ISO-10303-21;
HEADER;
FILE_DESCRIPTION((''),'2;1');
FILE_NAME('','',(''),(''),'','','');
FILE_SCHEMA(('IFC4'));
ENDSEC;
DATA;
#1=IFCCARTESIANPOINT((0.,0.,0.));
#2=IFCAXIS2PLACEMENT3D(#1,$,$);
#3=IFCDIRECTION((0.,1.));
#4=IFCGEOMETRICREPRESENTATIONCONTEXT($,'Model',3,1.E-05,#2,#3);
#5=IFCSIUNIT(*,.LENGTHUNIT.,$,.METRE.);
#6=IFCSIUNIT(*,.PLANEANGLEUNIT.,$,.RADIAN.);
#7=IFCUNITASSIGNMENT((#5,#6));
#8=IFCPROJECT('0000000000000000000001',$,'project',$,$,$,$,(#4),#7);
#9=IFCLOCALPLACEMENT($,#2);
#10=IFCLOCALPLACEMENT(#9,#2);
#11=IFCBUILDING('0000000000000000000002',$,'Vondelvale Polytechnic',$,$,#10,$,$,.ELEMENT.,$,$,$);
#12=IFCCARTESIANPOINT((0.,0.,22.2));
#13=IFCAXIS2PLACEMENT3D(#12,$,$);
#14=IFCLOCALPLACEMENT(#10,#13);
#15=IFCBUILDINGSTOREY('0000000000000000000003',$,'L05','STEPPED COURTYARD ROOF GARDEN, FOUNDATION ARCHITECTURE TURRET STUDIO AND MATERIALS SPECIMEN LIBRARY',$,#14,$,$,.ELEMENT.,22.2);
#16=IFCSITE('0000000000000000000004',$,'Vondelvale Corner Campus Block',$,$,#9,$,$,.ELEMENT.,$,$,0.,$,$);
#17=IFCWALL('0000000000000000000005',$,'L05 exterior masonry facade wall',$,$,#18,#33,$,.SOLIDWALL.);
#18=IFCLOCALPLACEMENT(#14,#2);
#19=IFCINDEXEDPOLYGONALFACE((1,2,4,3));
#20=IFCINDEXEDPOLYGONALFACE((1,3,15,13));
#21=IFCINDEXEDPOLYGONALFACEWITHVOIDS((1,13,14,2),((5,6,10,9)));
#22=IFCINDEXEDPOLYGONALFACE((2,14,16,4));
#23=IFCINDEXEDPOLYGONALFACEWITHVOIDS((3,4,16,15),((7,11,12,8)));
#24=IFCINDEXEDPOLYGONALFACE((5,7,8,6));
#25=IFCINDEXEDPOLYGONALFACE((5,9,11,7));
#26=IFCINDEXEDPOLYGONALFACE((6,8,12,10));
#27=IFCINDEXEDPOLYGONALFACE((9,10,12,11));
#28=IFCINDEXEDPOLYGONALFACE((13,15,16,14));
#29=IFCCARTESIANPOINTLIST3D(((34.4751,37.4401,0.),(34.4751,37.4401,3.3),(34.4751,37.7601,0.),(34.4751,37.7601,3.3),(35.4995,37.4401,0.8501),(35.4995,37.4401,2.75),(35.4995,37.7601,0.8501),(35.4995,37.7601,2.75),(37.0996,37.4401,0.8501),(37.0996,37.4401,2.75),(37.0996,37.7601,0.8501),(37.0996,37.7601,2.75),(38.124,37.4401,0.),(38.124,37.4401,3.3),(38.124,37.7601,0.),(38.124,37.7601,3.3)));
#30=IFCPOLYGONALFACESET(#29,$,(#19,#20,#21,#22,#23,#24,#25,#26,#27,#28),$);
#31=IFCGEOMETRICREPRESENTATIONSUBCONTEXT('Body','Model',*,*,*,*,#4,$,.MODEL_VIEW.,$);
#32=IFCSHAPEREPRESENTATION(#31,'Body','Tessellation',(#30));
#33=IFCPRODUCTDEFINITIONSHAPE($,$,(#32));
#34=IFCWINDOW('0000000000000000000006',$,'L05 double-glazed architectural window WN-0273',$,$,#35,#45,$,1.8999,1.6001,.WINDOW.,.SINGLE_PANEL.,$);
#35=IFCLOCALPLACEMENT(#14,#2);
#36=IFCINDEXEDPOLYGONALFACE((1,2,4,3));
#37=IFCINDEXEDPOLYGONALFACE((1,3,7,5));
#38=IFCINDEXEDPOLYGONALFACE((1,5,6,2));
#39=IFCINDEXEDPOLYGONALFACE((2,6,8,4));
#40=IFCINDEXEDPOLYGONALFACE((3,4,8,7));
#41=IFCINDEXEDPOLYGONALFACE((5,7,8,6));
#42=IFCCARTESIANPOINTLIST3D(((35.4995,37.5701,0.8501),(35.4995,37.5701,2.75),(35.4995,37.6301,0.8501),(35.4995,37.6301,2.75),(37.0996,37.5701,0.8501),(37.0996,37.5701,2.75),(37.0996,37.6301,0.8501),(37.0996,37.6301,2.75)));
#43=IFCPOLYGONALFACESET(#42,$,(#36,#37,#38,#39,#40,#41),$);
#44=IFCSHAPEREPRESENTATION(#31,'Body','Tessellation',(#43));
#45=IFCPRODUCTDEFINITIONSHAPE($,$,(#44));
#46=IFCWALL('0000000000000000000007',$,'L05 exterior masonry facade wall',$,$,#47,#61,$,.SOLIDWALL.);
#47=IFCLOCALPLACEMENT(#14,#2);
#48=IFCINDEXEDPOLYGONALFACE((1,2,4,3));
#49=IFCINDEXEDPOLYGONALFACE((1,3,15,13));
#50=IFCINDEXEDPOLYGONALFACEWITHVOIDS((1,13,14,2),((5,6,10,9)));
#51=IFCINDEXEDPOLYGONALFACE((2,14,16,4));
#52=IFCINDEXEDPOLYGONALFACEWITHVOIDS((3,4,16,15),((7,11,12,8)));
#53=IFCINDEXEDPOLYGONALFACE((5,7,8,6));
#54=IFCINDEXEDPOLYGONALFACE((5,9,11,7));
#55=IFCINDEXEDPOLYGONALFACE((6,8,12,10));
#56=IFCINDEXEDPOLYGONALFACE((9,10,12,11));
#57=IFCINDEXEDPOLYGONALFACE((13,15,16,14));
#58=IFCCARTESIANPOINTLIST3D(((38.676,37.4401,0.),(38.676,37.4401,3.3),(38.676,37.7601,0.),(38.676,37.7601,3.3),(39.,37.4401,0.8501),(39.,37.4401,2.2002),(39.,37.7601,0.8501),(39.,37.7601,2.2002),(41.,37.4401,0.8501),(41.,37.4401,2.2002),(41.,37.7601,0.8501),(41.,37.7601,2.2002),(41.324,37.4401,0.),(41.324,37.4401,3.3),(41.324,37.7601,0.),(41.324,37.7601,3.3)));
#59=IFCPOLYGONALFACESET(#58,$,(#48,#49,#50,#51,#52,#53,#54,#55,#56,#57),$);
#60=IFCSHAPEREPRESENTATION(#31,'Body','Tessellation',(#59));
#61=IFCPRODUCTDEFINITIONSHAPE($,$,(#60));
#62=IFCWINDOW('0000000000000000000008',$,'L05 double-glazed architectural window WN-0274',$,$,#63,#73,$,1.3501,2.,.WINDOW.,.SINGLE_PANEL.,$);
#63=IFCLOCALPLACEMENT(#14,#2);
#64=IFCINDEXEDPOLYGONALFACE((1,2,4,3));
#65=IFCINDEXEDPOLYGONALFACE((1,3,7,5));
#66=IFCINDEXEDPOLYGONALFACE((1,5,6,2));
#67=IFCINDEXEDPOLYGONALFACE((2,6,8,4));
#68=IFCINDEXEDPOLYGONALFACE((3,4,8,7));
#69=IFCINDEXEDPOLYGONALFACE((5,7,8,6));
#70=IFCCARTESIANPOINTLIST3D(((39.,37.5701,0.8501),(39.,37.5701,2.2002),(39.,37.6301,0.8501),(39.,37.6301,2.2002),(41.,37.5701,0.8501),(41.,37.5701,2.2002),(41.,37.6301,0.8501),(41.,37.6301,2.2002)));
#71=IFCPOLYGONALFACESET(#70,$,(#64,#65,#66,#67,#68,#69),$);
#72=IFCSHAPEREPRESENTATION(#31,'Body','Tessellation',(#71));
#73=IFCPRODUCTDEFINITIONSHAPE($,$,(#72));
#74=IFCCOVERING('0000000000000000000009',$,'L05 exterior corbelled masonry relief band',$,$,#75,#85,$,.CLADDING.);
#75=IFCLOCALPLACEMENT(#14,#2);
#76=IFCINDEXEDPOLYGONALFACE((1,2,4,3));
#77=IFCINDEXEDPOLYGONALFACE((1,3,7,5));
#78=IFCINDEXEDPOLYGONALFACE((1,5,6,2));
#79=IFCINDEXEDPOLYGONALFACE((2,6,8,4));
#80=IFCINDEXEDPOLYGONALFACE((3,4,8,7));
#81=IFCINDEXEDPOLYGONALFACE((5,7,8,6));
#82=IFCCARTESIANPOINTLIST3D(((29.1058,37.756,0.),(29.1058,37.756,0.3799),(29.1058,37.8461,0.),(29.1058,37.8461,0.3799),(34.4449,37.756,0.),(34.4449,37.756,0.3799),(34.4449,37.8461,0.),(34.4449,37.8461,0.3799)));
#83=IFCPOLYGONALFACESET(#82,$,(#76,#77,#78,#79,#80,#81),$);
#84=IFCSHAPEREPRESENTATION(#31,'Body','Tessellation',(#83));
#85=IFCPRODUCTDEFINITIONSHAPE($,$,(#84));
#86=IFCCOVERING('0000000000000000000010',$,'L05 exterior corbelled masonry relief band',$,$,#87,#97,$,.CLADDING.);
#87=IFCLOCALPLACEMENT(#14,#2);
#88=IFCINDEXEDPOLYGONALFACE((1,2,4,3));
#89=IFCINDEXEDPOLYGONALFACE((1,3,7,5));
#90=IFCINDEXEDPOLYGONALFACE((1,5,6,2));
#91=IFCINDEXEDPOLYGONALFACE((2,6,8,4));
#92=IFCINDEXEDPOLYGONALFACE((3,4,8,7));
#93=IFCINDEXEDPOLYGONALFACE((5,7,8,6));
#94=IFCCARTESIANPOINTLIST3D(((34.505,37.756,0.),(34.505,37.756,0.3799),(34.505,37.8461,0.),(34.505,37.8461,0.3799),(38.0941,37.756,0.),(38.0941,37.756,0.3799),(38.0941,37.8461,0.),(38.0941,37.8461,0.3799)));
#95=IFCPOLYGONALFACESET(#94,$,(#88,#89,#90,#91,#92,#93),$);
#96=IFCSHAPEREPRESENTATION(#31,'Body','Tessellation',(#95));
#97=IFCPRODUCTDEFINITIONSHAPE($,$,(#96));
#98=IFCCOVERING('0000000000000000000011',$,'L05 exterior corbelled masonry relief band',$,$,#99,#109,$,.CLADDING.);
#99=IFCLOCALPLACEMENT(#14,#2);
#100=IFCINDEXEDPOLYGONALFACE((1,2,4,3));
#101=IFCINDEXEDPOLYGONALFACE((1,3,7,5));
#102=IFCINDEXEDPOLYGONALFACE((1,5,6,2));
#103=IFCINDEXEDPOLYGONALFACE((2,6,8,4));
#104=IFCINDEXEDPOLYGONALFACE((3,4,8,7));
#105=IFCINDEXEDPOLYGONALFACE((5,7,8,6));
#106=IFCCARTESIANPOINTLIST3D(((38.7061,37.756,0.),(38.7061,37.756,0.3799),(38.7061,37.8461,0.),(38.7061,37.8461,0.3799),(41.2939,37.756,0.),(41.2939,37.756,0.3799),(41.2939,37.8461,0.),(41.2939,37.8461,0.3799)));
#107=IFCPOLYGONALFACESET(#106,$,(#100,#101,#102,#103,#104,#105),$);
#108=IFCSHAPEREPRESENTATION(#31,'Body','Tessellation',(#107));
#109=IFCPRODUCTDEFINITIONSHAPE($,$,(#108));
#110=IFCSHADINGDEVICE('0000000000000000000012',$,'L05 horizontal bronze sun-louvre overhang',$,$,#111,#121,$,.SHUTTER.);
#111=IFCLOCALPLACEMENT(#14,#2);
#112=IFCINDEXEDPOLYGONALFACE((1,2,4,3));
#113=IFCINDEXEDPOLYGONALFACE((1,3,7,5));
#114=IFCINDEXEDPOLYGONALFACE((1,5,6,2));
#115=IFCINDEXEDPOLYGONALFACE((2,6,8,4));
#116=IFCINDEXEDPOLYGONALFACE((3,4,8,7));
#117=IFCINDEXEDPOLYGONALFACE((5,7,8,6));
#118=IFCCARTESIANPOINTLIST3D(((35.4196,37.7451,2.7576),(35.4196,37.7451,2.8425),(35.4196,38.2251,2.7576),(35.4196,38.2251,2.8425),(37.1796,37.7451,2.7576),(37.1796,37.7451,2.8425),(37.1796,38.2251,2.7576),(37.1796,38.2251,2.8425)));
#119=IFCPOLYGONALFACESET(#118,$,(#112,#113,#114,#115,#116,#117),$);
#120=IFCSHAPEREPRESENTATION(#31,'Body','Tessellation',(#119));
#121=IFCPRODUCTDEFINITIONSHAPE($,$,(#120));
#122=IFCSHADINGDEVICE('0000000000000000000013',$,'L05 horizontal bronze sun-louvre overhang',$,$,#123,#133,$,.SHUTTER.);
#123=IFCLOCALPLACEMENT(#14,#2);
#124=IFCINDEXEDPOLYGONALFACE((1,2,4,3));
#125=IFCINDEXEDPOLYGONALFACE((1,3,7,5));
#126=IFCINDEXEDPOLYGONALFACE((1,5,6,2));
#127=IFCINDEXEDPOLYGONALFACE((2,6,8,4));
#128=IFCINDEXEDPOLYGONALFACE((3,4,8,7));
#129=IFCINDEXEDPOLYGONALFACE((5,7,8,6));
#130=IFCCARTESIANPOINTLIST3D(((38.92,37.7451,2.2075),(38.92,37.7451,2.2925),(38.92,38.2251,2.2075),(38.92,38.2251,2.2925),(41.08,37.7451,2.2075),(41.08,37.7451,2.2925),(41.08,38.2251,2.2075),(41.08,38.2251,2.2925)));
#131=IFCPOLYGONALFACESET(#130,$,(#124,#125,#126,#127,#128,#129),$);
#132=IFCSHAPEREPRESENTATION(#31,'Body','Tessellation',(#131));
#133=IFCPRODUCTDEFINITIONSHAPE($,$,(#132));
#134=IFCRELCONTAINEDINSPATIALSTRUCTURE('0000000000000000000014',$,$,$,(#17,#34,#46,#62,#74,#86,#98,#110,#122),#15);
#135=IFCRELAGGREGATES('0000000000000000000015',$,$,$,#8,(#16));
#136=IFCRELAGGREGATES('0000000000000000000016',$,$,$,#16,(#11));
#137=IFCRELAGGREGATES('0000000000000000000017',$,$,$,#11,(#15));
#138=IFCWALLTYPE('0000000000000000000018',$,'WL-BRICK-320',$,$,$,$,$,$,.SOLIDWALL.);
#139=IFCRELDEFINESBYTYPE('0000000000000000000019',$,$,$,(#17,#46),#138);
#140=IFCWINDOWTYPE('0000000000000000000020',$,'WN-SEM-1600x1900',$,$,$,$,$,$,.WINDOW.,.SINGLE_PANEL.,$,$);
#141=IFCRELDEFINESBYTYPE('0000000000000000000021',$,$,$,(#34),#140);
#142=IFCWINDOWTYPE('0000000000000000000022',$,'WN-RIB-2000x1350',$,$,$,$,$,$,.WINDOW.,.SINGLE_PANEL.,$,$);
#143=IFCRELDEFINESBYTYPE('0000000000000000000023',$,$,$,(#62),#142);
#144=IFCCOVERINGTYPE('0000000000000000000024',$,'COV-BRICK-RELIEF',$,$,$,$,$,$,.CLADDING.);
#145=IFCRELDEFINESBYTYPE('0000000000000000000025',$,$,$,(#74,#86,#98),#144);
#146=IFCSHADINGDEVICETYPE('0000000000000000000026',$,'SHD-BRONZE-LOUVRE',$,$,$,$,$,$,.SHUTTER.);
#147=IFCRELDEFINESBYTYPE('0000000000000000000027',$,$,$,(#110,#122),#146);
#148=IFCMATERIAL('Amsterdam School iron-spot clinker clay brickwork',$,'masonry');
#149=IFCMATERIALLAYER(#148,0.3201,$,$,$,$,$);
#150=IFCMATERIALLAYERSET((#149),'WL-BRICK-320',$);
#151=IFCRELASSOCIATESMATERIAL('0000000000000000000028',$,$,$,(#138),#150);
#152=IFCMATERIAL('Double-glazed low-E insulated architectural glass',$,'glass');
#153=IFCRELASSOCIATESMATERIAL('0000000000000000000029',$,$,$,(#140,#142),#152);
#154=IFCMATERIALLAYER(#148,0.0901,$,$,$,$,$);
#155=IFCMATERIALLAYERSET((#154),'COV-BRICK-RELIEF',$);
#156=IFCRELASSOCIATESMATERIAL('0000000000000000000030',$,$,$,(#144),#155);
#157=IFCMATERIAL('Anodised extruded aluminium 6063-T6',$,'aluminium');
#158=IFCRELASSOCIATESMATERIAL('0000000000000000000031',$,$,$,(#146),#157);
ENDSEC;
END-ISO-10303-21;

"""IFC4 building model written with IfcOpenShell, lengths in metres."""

from ifc_helpers import new_model, si_unit, direction, frame, frame_2d, origin, origin_2d, place, context, subcontext, project, spatial, rectangle, extrude, material, layer, layer_set, type_object, element, fill, save


model = new_model("IFC4")

# Units and contexts
model_context = context("Model", 3, precision=1e-05, world=origin(), true_north=direction((0.0, 1.0)))
body_context = subcontext(model_context, "Body", "Model", "MODEL_VIEW")
ifc_project = project(units=[si_unit("LENGTHUNIT", "METRE"), si_unit("PLANEANGLEUNIT", "RADIAN")], contexts=[model_context])

# Site, building, storey
site_placement = place(None, origin())
site = spatial("IfcSite", under=ifc_project, at=site_placement, Name="Vondelvale Corner Campus Block", CompositionType="ELEMENT", RefElevation=0.0)
building_placement = place(site_placement, origin())
building = spatial("IfcBuilding", under=site, at=building_placement, Name="Vondelvale Polytechnic", CompositionType="ELEMENT")
storey_placement = place(building_placement, frame((0.0, 0.0, 22.2)))
storey = spatial("IfcBuildingStorey", under=building, at=storey_placement, Name="L05", Description="STEPPED COURTYARD ROOF GARDEN, FOUNDATION ARCHITECTURE TURRET STUDIO AND MATERIALS SPECIMEN LIBRARY", CompositionType="ELEMENT", Elevation=22.2)

# Shared definitions
ifc_material_1 = material(Name="Amsterdam School iron-spot clinker clay brickwork", Category="masonry")
ifc_layer_1 = layer(ifc_material_1, 0.3201)
ifc_layer_set_1 = layer_set([ifc_layer_1], Name="WL-BRICK-320")
wall_type = type_object("IfcWallType", Name="WL-BRICK-320", PredefinedType="SOLIDWALL", material=ifc_layer_set_1)
ifc_material_2 = material(Name="Anodised extruded aluminium 6063-T6", Category="aluminium")

# Walls, openings, windows
wall_1_placement = place(storey_placement, frame((34.4751, 37.6001, 0.0), z_axis=(0.0, 0.0, 1.0), x_axis=(1.0, 0.0, 0.0)))
wall_1 = element("IfcWall", 1, at=wall_1_placement, inside=storey, type_object=wall_type, Name="L05 exterior masonry facade wall", PredefinedType="SOLIDWALL", context=body_context, shape_type="SweptSolid", body=[
    extrude(rectangle(XDim=3.6489, YDim=0.3201, at=frame_2d((1.8245, 0.0))), origin(), (0.0, 0.0, 1.0), 3.3),
])
opening_1_placement = place(wall_1_placement, frame((1.0244, 0.0, 0.8501)))
opening_1 = element("IfcOpeningElement", 2, at=opening_1_placement, cuts=wall_1, PredefinedType="OPENING", context=body_context, shape_type="SweptSolid", body=[
    extrude(rectangle(XDim=1.6001, YDim=1.8999, at=frame_2d((0.8, 0.95))), frame((0.0, 0.1699, 0.0), z_axis=(0.0, -1.0, 0.0), x_axis=(1.0, 0.0, 0.0)), (0.0, 0.0, 1.0), 0.3401),
])
ifc_material_3 = material(Name="Double-glazed low-E insulated architectural glass", Category="glass")
window_type_1 = type_object("IfcWindowType", Name="WN-SEM-1600x1900", PartitioningType="SINGLE_PANEL", PredefinedType="WINDOW", material=ifc_material_3)
window_1_placement = place(opening_1_placement, origin())
window_1 = element("IfcWindow", 3, at=window_1_placement, inside=storey, type_object=window_type_1, Name="L05 double-glazed architectural window WN-0273", OverallHeight=1.8999, OverallWidth=1.6001, PartitioningType="SINGLE_PANEL", PredefinedType="WINDOW", context=body_context, shape_type="SweptSolid", body=[
    extrude(rectangle(XDim=1.6001, YDim=1.8999, at=frame_2d((0.8, 0.95))), frame((0.0, 0.03, 0.0), z_axis=(0.0, -1.0, 0.0), x_axis=(1.0, 0.0, 0.0)), (0.0, 0.0, 1.0), 0.0601),
])
fill(opening_1, window_1)
wall_2_placement = place(storey_placement, frame((38.676, 37.6001, 0.0), z_axis=(0.0, 0.0, 1.0), x_axis=(1.0, 0.0, 0.0)))
wall_2 = element("IfcWall", 4, at=wall_2_placement, inside=storey, type_object=wall_type, Name="L05 exterior masonry facade wall", PredefinedType="SOLIDWALL", context=body_context, shape_type="SweptSolid", body=[
    extrude(rectangle(XDim=2.6479, YDim=0.3201, at=frame_2d((1.324, 0.0))), origin(), (0.0, 0.0, 1.0), 3.3),
])
opening_2_placement = place(wall_2_placement, frame((0.324, 0.0, 0.8501)))
opening_2 = element("IfcOpeningElement", 5, at=opening_2_placement, cuts=wall_2, PredefinedType="OPENING", context=body_context, shape_type="SweptSolid", body=[
    extrude(rectangle(XDim=2.0, YDim=1.3501, at=frame_2d((1.0, 0.675))), frame((0.0, 0.1699, 0.0), z_axis=(0.0, -1.0, 0.0), x_axis=(1.0, 0.0, 0.0)), (0.0, 0.0, 1.0), 0.3401),
])
window_type_2 = type_object("IfcWindowType", Name="WN-RIB-2000x1350", PartitioningType="SINGLE_PANEL", PredefinedType="WINDOW", material=ifc_material_3)
window_2_placement = place(opening_2_placement, origin())
window_2 = element("IfcWindow", 6, at=window_2_placement, inside=storey, type_object=window_type_2, Name="L05 double-glazed architectural window WN-0274", OverallHeight=1.3501, OverallWidth=2.0, PartitioningType="SINGLE_PANEL", PredefinedType="WINDOW", context=body_context, shape_type="SweptSolid", body=[
    extrude(rectangle(XDim=2.0, YDim=1.3501, at=frame_2d((1.0, 0.675))), frame((0.0, 0.03, 0.0), z_axis=(0.0, -1.0, 0.0), x_axis=(1.0, 0.0, 0.0)), (0.0, 0.0, 1.0), 0.0601),
])
fill(opening_2, window_2)

# Coverings
ifc_layer_2 = layer(ifc_material_1, 0.0901)
ifc_layer_set_2 = layer_set([ifc_layer_2], Name="COV-BRICK-RELIEF")
covering_type = type_object("IfcCoveringType", Name="COV-BRICK-RELIEF", PredefinedType="CLADDING", material=ifc_layer_set_2)
covering_1_placement = place(storey_placement, frame((31.7754, 37.801, 0.0), z_axis=(0.0, 0.0, 1.0), x_axis=(1.0, 0.0, 0.0)))
element("IfcCovering", 7, at=covering_1_placement, inside=storey, type_object=covering_type, Name="L05 exterior corbelled masonry relief band", PredefinedType="CLADDING", context=body_context, shape_type="SweptSolid", body=[
    extrude(rectangle(XDim=5.3391, YDim=0.0901, at=origin_2d()), origin(), (0.0, 0.0, 1.0), 0.3799),
])
covering_2_placement = place(storey_placement, frame((36.2996, 37.801, 0.0), z_axis=(0.0, 0.0, 1.0), x_axis=(1.0, 0.0, 0.0)))
element("IfcCovering", 8, at=covering_2_placement, inside=storey, type_object=covering_type, Name="L05 exterior corbelled masonry relief band", PredefinedType="CLADDING", context=body_context, shape_type="SweptSolid", body=[
    extrude(rectangle(XDim=3.5891, YDim=0.0901, at=origin_2d()), origin(), (0.0, 0.0, 1.0), 0.3799),
])
covering_3_placement = place(storey_placement, frame((40.0, 37.801, 0.0), z_axis=(0.0, 0.0, 1.0), x_axis=(1.0, 0.0, 0.0)))
element("IfcCovering", 9, at=covering_3_placement, inside=storey, type_object=covering_type, Name="L05 exterior corbelled masonry relief band", PredefinedType="CLADDING", context=body_context, shape_type="SweptSolid", body=[
    extrude(rectangle(XDim=2.5879, YDim=0.0901, at=origin_2d()), origin(), (0.0, 0.0, 1.0), 0.3799),
])

# Shading devices
shading_device_type = type_object("IfcShadingDeviceType", Name="SHD-BRONZE-LOUVRE", PredefinedType="SHUTTER", material=ifc_material_2)
shading_device_1_placement = place(storey_placement, frame((36.2996, 37.9851, 2.7576), z_axis=(0.0, 0.0, 1.0), x_axis=(1.0, 0.0, 0.0)))
element("IfcShadingDevice", 10, at=shading_device_1_placement, inside=storey, type_object=shading_device_type, Name="L05 horizontal bronze sun-louvre overhang", PredefinedType="SHUTTER", context=body_context, shape_type="SweptSolid", body=[
    extrude(rectangle(XDim=1.76, YDim=0.48, at=origin_2d()), origin(), (0.0, 0.0, 1.0), 0.085),
])
shading_device_2_placement = place(storey_placement, frame((40.0, 37.9851, 2.2075), z_axis=(0.0, 0.0, 1.0), x_axis=(1.0, 0.0, 0.0)))
element("IfcShadingDevice", 11, at=shading_device_2_placement, inside=storey, type_object=shading_device_type, Name="L05 horizontal bronze sun-louvre overhang", PredefinedType="SHUTTER", context=body_context, shape_type="SweptSolid", body=[
    extrude(rectangle(XDim=2.1599, YDim=0.48, at=origin_2d()), origin(), (0.0, 0.0, 1.0), 0.085),
])

save(model, "model.ifc")
